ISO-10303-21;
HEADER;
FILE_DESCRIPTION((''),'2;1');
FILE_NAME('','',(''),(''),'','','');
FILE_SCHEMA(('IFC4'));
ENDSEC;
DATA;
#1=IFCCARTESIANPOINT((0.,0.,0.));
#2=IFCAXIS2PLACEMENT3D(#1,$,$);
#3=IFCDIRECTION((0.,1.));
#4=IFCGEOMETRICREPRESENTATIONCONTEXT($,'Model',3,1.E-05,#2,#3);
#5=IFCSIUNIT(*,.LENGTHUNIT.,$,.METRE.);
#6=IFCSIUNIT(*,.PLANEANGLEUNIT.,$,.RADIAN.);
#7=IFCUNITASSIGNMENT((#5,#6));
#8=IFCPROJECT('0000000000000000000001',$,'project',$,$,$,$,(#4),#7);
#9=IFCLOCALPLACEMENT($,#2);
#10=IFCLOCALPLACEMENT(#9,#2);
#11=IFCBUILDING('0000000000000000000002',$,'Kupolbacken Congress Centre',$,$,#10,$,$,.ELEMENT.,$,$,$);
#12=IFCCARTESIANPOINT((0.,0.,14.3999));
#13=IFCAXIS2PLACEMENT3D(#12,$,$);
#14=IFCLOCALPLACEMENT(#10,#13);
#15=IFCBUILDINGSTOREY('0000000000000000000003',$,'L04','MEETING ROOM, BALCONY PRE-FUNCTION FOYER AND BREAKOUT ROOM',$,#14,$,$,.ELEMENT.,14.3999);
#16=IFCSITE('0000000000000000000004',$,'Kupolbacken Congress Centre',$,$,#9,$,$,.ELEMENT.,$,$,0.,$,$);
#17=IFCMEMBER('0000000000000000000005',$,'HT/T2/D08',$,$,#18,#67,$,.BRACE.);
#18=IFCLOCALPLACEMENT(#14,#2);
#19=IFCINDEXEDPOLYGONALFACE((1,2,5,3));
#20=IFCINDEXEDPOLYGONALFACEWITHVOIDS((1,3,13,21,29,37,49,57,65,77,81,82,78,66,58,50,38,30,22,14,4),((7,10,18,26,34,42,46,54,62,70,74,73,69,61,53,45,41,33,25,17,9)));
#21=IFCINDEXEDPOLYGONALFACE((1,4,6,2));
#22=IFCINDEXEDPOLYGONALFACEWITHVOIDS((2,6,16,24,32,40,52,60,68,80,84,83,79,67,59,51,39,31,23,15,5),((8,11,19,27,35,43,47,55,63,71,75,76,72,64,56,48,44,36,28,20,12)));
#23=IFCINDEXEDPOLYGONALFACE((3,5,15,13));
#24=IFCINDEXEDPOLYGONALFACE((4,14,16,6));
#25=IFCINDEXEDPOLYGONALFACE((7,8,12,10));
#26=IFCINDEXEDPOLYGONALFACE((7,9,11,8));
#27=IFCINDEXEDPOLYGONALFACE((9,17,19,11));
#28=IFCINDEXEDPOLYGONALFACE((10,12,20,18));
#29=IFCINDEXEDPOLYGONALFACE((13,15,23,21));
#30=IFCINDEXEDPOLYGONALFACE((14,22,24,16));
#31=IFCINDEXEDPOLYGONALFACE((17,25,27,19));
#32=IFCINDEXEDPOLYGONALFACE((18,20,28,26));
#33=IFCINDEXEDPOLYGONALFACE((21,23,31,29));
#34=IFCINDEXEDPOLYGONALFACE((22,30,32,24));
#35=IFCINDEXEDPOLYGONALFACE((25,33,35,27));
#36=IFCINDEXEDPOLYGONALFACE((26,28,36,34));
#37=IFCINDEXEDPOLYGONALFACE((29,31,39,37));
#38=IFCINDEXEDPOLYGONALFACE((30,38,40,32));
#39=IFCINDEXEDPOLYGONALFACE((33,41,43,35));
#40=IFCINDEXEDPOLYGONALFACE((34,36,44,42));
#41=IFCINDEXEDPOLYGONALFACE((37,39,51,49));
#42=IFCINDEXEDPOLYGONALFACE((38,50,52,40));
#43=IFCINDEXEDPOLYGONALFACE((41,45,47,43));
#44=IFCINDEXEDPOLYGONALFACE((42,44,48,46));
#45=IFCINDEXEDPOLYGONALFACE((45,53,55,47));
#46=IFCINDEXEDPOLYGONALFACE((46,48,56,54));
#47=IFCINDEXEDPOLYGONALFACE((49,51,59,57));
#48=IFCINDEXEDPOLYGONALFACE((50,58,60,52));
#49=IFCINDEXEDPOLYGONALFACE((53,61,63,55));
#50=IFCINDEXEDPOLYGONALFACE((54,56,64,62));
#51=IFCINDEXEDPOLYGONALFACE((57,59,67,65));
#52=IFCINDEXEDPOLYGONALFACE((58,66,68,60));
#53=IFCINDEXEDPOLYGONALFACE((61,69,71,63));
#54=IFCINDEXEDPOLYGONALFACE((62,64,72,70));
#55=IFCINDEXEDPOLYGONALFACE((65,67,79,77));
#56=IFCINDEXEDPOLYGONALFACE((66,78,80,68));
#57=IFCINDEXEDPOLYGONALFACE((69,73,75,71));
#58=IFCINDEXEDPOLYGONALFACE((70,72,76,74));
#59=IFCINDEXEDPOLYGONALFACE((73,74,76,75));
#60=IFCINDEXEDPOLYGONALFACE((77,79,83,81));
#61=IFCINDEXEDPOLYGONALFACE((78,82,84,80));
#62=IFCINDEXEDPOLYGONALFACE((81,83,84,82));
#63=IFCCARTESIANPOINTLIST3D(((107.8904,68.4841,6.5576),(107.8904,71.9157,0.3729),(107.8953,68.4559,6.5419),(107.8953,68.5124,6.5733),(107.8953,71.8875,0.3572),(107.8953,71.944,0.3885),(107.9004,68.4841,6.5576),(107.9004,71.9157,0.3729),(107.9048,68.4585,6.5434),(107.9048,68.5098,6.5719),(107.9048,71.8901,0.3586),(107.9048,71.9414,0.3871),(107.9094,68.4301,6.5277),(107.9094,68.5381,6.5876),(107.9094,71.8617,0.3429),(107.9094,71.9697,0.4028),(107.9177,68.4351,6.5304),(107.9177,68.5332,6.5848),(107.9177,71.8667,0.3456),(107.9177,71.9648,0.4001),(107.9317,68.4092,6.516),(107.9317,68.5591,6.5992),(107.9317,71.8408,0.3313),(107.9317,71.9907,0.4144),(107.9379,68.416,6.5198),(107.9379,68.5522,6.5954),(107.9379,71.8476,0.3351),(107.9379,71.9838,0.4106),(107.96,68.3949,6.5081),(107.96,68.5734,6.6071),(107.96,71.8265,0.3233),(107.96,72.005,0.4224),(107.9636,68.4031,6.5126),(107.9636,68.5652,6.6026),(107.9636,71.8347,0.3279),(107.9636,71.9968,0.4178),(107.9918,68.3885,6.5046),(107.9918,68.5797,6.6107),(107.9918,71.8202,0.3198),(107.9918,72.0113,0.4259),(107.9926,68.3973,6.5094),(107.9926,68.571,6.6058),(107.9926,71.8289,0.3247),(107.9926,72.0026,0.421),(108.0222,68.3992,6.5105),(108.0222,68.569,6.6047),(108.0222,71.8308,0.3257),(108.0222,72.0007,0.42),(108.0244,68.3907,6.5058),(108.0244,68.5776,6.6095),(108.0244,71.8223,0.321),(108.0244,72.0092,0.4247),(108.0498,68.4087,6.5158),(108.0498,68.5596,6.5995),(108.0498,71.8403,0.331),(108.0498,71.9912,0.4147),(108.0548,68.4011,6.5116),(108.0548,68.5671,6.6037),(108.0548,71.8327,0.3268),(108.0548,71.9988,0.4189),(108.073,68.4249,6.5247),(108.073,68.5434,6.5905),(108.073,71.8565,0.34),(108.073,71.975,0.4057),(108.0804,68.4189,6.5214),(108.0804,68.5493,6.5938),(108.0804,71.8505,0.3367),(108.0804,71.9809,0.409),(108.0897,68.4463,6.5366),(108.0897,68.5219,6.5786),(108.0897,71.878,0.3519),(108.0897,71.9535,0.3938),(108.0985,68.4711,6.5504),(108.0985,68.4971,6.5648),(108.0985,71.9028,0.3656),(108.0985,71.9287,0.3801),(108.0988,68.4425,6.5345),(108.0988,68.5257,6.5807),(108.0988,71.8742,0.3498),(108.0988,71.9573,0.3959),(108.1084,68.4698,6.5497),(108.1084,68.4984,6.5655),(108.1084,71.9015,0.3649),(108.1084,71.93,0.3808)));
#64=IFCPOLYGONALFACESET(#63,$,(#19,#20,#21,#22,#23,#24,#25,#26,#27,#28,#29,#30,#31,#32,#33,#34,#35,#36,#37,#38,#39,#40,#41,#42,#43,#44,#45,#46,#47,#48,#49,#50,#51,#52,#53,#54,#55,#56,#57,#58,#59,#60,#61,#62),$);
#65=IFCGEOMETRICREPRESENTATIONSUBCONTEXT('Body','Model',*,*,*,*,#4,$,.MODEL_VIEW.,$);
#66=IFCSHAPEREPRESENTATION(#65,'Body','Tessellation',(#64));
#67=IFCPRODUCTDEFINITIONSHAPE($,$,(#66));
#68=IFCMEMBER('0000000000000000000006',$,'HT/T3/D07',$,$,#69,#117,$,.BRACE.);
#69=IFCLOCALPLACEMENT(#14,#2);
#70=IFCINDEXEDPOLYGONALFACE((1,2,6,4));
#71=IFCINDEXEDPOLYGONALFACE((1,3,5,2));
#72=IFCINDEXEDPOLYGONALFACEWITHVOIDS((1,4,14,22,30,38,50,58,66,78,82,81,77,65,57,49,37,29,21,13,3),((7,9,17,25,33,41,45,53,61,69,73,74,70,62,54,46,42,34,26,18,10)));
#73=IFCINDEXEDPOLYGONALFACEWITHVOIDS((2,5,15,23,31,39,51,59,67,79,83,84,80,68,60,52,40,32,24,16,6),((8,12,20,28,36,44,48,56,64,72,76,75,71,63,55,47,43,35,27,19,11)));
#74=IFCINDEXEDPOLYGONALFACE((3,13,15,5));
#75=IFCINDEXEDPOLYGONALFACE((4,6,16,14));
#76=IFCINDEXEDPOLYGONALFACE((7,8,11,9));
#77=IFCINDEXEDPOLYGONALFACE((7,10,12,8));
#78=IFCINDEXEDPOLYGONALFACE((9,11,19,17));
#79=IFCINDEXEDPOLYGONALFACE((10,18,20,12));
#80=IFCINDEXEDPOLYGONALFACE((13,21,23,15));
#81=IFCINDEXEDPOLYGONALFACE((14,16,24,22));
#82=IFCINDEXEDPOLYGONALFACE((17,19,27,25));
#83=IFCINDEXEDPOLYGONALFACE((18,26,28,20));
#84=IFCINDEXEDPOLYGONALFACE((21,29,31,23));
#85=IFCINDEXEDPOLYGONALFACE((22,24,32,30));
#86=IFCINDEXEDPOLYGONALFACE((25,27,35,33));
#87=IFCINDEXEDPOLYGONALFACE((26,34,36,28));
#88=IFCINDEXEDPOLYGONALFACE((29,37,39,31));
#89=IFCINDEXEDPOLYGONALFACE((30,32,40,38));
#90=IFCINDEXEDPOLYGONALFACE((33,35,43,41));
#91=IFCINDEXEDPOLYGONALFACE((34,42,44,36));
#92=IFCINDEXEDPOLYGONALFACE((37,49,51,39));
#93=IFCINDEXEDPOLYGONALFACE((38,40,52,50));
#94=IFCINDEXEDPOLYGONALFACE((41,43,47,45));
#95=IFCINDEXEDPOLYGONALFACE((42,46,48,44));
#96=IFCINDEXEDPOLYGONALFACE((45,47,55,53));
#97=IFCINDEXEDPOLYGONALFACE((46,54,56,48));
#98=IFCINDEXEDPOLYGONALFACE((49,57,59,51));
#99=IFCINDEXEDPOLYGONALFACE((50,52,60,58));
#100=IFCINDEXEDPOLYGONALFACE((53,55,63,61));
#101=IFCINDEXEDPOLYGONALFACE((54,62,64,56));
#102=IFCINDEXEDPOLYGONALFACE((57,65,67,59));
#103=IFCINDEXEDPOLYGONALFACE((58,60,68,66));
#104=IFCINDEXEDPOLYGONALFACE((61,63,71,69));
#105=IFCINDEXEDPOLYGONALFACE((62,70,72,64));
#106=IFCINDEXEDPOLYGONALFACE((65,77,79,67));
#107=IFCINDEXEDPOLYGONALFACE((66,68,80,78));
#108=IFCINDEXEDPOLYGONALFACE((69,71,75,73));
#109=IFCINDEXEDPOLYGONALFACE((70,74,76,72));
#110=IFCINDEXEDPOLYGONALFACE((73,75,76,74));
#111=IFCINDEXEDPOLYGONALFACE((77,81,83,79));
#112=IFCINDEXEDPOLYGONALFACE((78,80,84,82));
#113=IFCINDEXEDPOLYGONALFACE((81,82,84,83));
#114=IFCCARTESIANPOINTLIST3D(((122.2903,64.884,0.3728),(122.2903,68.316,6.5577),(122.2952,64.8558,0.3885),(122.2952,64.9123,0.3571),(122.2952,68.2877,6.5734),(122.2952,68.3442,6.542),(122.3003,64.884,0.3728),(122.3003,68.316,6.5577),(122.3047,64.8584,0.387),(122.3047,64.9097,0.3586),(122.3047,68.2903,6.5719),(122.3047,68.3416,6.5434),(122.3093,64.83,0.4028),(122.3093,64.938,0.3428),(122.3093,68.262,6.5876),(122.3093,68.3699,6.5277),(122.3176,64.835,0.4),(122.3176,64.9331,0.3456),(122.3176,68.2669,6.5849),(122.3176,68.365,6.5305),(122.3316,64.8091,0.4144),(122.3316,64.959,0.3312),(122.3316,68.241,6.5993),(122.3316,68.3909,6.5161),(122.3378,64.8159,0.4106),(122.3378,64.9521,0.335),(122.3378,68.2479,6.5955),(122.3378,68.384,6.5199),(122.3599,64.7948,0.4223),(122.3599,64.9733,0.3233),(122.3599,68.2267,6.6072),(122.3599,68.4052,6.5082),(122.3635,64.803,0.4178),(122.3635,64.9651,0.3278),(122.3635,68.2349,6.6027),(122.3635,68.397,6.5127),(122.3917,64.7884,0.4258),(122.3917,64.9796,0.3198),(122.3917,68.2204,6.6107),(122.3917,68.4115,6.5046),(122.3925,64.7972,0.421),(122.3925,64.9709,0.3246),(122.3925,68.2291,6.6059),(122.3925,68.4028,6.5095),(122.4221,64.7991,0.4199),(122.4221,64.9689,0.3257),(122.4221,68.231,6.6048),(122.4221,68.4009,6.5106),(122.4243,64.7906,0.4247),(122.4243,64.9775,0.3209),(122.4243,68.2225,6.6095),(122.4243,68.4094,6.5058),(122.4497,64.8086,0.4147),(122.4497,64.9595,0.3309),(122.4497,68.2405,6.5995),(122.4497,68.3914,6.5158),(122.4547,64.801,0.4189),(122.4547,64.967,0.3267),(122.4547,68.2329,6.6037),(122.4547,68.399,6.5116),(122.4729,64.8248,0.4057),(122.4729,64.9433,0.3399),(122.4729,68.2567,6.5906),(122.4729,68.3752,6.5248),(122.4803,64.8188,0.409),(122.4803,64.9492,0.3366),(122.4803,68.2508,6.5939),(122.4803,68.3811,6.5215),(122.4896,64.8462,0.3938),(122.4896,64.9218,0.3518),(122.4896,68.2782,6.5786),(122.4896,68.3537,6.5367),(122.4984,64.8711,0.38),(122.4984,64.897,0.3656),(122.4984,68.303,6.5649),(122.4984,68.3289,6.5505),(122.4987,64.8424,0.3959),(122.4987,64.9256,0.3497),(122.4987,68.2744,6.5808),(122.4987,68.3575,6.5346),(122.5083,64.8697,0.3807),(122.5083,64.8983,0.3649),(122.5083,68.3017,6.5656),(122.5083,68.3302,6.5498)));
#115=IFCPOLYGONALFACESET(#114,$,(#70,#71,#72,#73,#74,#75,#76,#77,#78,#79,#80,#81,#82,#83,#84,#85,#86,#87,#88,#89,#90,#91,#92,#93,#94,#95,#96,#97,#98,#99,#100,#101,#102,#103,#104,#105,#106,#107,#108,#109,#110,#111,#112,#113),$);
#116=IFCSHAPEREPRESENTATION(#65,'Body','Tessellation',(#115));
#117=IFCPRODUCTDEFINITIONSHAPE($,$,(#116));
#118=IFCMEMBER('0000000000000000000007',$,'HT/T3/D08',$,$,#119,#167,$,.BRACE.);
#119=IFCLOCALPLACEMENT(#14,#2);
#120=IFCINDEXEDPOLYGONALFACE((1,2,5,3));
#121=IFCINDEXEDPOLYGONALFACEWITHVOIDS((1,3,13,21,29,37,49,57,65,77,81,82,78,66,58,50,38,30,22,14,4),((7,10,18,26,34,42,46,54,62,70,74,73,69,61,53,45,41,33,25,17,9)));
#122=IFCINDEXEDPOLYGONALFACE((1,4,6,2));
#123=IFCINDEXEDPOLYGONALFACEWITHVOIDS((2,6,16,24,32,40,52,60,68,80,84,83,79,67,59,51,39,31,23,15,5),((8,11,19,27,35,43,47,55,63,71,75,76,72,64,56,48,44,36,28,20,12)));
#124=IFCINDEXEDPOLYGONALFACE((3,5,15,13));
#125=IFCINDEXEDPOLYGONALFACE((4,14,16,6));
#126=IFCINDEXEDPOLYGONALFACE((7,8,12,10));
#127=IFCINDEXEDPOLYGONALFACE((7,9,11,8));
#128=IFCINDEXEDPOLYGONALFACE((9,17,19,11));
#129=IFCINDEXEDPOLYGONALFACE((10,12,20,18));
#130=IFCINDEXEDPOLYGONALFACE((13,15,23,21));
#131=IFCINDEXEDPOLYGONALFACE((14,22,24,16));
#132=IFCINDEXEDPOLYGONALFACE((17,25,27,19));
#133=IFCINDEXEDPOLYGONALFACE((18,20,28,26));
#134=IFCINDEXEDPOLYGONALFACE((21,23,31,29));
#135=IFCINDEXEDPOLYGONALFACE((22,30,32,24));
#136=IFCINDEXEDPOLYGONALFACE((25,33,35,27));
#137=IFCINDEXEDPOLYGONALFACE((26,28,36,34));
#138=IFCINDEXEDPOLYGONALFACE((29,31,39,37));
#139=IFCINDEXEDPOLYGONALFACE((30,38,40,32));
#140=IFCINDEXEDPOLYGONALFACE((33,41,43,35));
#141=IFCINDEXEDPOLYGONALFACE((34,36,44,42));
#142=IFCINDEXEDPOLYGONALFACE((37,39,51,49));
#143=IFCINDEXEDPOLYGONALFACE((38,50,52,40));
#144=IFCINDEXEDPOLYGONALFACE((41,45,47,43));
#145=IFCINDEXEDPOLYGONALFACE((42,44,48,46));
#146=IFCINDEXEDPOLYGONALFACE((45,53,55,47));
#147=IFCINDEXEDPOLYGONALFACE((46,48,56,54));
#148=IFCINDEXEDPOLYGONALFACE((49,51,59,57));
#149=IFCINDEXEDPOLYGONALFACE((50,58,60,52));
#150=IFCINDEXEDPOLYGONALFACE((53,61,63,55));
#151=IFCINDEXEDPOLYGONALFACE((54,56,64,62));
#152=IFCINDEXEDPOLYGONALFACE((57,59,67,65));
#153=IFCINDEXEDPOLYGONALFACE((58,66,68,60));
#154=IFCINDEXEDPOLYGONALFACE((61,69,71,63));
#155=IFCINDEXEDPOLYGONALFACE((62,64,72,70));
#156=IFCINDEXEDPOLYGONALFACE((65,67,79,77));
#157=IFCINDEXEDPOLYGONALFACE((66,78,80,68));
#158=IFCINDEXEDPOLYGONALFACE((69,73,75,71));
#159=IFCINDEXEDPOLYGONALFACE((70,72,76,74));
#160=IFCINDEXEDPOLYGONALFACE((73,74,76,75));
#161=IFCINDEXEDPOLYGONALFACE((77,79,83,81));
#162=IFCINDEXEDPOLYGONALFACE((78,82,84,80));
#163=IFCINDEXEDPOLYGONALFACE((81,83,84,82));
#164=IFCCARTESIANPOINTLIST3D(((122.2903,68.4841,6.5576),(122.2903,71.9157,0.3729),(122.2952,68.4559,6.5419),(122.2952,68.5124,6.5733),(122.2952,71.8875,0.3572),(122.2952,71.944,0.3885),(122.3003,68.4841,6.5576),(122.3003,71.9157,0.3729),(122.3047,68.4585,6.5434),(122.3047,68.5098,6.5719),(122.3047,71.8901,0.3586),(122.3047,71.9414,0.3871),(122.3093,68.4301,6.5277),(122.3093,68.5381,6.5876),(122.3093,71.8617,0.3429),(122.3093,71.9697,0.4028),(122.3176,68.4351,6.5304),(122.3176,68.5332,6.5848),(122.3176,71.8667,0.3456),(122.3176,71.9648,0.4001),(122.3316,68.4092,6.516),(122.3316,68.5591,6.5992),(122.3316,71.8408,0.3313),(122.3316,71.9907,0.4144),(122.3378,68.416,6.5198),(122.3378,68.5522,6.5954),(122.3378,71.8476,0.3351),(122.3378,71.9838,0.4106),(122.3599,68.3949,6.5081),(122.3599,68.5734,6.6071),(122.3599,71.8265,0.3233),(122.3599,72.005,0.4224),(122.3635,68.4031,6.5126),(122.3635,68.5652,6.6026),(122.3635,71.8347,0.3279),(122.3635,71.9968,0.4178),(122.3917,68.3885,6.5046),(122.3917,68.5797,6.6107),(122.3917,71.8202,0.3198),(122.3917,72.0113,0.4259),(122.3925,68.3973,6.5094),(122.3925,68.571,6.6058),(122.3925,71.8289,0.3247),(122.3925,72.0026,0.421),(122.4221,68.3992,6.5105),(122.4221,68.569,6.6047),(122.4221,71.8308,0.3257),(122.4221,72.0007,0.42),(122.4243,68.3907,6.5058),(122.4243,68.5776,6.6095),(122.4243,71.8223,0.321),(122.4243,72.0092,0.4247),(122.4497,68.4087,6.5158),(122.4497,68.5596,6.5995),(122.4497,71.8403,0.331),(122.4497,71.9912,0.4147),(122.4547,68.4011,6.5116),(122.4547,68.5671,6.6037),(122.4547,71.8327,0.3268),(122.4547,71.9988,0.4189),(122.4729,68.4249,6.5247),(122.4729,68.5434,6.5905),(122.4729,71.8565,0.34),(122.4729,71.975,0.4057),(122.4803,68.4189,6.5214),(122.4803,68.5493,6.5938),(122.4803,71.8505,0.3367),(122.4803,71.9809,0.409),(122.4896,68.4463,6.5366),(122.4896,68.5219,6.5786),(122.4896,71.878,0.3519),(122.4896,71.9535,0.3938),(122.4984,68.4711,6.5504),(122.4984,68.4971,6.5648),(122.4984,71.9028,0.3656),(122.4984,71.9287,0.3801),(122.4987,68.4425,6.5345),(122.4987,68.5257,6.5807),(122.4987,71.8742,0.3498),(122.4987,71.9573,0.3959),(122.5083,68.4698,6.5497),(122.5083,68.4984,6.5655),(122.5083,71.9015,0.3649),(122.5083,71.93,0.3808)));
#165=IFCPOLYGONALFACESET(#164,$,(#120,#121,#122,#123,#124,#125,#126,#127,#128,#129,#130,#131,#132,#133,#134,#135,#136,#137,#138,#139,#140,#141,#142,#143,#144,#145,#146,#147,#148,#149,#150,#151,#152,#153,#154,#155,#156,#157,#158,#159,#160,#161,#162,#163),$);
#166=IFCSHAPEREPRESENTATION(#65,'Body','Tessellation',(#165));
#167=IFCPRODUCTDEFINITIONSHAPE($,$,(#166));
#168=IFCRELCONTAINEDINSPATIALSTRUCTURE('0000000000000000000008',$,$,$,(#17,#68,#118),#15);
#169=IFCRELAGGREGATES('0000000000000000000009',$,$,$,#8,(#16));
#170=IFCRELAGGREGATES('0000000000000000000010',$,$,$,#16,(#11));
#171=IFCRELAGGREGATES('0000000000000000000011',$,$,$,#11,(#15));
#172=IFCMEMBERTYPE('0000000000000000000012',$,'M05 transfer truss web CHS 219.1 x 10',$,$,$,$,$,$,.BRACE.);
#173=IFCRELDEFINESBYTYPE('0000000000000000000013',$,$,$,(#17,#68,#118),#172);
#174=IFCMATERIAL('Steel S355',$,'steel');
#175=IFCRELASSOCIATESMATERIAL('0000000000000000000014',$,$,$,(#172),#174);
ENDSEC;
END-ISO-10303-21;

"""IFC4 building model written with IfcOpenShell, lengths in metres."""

from ifc_helpers import new_model, si_unit, direction, frame, origin, origin_2d, place, context, subcontext, project, spatial, hollow_circle, extrude, material, material_profile, profile_set, type_object, element, save


model = new_model("IFC4")

# Units and contexts
model_context = context("Model", 3, precision=1e-05, world=origin(), true_north=direction((0.0, 1.0)))
body_context = subcontext(model_context, "Body", "Model", "MODEL_VIEW")
ifc_project = project(units=[si_unit("LENGTHUNIT", "METRE"), si_unit("PLANEANGLEUNIT", "RADIAN")], contexts=[model_context])

# Site, building, storey
site_placement = place(None, origin())
site = spatial("IfcSite", under=ifc_project, at=site_placement, Name="Kupolbacken Congress Centre", CompositionType="ELEMENT", RefElevation=0.0)
building_placement = place(site_placement, origin())
building = spatial("IfcBuilding", under=site, at=building_placement, Name="Kupolbacken Congress Centre", CompositionType="ELEMENT")
storey_placement = place(building_placement, frame((0.0, 0.0, 14.3999)))
storey = spatial("IfcBuildingStorey", under=building, at=storey_placement, Name="L04", Description="MEETING ROOM, BALCONY PRE-FUNCTION FOYER AND BREAKOUT ROOM", CompositionType="ELEMENT", Elevation=14.3999)

# Members
ifc_material_1 = material(Name="Steel S355", Category="steel")
ifc_material_profile_1 = material_profile(ifc_material_1, hollow_circle(Radius=0.1096, WallThickness=0.01, at=origin_2d()), Name="CHS 219.1 x 10")
ifc_profile_set_1 = profile_set([ifc_material_profile_1], Name="Steel S355")
member_type_1 = type_object("IfcMemberType", Name="M05 transfer truss web CHS 219.1 x 10", PredefinedType="BRACE", material=ifc_profile_set_1)
member_1_placement = place(storey_placement, frame((108.0, 68.4841, 6.5576), z_axis=(0.0, 0.485171, -0.874419), x_axis=(-1.0, 0.0, 0.0)))
element("IfcMember", 1, at=member_1_placement, inside=storey, type_object=member_type_1, Name="HT/T2/D08", PredefinedType="BRACE", context=body_context, shape_type="SweptSolid", body=[
    extrude(hollow_circle(Radius=0.1096, WallThickness=0.01, at=origin_2d()), origin(), (0.0, 0.0, 1.0), 7.073),
])
member_2_placement = place(storey_placement, frame((122.3999, 64.884, 0.3728), z_axis=(0.0, 0.485197, 0.874405), x_axis=(-1.0, 0.0, 0.0)))
element("IfcMember", 2, at=member_2_placement, inside=storey, type_object=member_type_1, Name="HT/T3/D07", PredefinedType="BRACE", context=body_context, shape_type="SweptSolid", body=[
    extrude(hollow_circle(Radius=0.1096, WallThickness=0.01, at=origin_2d()), origin(), (0.0, 0.0, 1.0), 7.0732),
])
member_3_placement = place(storey_placement, frame((122.3999, 68.4841, 6.5576), z_axis=(0.0, 0.485171, -0.874419), x_axis=(-1.0, 0.0, 0.0)))
element("IfcMember", 3, at=member_3_placement, inside=storey, type_object=member_type_1, Name="HT/T3/D08", PredefinedType="BRACE", context=body_context, shape_type="SweptSolid", body=[
    extrude(hollow_circle(Radius=0.1096, WallThickness=0.01, at=origin_2d()), origin(), (0.0, 0.0, 1.0), 7.073),
])

save(model, "model.ifc")
